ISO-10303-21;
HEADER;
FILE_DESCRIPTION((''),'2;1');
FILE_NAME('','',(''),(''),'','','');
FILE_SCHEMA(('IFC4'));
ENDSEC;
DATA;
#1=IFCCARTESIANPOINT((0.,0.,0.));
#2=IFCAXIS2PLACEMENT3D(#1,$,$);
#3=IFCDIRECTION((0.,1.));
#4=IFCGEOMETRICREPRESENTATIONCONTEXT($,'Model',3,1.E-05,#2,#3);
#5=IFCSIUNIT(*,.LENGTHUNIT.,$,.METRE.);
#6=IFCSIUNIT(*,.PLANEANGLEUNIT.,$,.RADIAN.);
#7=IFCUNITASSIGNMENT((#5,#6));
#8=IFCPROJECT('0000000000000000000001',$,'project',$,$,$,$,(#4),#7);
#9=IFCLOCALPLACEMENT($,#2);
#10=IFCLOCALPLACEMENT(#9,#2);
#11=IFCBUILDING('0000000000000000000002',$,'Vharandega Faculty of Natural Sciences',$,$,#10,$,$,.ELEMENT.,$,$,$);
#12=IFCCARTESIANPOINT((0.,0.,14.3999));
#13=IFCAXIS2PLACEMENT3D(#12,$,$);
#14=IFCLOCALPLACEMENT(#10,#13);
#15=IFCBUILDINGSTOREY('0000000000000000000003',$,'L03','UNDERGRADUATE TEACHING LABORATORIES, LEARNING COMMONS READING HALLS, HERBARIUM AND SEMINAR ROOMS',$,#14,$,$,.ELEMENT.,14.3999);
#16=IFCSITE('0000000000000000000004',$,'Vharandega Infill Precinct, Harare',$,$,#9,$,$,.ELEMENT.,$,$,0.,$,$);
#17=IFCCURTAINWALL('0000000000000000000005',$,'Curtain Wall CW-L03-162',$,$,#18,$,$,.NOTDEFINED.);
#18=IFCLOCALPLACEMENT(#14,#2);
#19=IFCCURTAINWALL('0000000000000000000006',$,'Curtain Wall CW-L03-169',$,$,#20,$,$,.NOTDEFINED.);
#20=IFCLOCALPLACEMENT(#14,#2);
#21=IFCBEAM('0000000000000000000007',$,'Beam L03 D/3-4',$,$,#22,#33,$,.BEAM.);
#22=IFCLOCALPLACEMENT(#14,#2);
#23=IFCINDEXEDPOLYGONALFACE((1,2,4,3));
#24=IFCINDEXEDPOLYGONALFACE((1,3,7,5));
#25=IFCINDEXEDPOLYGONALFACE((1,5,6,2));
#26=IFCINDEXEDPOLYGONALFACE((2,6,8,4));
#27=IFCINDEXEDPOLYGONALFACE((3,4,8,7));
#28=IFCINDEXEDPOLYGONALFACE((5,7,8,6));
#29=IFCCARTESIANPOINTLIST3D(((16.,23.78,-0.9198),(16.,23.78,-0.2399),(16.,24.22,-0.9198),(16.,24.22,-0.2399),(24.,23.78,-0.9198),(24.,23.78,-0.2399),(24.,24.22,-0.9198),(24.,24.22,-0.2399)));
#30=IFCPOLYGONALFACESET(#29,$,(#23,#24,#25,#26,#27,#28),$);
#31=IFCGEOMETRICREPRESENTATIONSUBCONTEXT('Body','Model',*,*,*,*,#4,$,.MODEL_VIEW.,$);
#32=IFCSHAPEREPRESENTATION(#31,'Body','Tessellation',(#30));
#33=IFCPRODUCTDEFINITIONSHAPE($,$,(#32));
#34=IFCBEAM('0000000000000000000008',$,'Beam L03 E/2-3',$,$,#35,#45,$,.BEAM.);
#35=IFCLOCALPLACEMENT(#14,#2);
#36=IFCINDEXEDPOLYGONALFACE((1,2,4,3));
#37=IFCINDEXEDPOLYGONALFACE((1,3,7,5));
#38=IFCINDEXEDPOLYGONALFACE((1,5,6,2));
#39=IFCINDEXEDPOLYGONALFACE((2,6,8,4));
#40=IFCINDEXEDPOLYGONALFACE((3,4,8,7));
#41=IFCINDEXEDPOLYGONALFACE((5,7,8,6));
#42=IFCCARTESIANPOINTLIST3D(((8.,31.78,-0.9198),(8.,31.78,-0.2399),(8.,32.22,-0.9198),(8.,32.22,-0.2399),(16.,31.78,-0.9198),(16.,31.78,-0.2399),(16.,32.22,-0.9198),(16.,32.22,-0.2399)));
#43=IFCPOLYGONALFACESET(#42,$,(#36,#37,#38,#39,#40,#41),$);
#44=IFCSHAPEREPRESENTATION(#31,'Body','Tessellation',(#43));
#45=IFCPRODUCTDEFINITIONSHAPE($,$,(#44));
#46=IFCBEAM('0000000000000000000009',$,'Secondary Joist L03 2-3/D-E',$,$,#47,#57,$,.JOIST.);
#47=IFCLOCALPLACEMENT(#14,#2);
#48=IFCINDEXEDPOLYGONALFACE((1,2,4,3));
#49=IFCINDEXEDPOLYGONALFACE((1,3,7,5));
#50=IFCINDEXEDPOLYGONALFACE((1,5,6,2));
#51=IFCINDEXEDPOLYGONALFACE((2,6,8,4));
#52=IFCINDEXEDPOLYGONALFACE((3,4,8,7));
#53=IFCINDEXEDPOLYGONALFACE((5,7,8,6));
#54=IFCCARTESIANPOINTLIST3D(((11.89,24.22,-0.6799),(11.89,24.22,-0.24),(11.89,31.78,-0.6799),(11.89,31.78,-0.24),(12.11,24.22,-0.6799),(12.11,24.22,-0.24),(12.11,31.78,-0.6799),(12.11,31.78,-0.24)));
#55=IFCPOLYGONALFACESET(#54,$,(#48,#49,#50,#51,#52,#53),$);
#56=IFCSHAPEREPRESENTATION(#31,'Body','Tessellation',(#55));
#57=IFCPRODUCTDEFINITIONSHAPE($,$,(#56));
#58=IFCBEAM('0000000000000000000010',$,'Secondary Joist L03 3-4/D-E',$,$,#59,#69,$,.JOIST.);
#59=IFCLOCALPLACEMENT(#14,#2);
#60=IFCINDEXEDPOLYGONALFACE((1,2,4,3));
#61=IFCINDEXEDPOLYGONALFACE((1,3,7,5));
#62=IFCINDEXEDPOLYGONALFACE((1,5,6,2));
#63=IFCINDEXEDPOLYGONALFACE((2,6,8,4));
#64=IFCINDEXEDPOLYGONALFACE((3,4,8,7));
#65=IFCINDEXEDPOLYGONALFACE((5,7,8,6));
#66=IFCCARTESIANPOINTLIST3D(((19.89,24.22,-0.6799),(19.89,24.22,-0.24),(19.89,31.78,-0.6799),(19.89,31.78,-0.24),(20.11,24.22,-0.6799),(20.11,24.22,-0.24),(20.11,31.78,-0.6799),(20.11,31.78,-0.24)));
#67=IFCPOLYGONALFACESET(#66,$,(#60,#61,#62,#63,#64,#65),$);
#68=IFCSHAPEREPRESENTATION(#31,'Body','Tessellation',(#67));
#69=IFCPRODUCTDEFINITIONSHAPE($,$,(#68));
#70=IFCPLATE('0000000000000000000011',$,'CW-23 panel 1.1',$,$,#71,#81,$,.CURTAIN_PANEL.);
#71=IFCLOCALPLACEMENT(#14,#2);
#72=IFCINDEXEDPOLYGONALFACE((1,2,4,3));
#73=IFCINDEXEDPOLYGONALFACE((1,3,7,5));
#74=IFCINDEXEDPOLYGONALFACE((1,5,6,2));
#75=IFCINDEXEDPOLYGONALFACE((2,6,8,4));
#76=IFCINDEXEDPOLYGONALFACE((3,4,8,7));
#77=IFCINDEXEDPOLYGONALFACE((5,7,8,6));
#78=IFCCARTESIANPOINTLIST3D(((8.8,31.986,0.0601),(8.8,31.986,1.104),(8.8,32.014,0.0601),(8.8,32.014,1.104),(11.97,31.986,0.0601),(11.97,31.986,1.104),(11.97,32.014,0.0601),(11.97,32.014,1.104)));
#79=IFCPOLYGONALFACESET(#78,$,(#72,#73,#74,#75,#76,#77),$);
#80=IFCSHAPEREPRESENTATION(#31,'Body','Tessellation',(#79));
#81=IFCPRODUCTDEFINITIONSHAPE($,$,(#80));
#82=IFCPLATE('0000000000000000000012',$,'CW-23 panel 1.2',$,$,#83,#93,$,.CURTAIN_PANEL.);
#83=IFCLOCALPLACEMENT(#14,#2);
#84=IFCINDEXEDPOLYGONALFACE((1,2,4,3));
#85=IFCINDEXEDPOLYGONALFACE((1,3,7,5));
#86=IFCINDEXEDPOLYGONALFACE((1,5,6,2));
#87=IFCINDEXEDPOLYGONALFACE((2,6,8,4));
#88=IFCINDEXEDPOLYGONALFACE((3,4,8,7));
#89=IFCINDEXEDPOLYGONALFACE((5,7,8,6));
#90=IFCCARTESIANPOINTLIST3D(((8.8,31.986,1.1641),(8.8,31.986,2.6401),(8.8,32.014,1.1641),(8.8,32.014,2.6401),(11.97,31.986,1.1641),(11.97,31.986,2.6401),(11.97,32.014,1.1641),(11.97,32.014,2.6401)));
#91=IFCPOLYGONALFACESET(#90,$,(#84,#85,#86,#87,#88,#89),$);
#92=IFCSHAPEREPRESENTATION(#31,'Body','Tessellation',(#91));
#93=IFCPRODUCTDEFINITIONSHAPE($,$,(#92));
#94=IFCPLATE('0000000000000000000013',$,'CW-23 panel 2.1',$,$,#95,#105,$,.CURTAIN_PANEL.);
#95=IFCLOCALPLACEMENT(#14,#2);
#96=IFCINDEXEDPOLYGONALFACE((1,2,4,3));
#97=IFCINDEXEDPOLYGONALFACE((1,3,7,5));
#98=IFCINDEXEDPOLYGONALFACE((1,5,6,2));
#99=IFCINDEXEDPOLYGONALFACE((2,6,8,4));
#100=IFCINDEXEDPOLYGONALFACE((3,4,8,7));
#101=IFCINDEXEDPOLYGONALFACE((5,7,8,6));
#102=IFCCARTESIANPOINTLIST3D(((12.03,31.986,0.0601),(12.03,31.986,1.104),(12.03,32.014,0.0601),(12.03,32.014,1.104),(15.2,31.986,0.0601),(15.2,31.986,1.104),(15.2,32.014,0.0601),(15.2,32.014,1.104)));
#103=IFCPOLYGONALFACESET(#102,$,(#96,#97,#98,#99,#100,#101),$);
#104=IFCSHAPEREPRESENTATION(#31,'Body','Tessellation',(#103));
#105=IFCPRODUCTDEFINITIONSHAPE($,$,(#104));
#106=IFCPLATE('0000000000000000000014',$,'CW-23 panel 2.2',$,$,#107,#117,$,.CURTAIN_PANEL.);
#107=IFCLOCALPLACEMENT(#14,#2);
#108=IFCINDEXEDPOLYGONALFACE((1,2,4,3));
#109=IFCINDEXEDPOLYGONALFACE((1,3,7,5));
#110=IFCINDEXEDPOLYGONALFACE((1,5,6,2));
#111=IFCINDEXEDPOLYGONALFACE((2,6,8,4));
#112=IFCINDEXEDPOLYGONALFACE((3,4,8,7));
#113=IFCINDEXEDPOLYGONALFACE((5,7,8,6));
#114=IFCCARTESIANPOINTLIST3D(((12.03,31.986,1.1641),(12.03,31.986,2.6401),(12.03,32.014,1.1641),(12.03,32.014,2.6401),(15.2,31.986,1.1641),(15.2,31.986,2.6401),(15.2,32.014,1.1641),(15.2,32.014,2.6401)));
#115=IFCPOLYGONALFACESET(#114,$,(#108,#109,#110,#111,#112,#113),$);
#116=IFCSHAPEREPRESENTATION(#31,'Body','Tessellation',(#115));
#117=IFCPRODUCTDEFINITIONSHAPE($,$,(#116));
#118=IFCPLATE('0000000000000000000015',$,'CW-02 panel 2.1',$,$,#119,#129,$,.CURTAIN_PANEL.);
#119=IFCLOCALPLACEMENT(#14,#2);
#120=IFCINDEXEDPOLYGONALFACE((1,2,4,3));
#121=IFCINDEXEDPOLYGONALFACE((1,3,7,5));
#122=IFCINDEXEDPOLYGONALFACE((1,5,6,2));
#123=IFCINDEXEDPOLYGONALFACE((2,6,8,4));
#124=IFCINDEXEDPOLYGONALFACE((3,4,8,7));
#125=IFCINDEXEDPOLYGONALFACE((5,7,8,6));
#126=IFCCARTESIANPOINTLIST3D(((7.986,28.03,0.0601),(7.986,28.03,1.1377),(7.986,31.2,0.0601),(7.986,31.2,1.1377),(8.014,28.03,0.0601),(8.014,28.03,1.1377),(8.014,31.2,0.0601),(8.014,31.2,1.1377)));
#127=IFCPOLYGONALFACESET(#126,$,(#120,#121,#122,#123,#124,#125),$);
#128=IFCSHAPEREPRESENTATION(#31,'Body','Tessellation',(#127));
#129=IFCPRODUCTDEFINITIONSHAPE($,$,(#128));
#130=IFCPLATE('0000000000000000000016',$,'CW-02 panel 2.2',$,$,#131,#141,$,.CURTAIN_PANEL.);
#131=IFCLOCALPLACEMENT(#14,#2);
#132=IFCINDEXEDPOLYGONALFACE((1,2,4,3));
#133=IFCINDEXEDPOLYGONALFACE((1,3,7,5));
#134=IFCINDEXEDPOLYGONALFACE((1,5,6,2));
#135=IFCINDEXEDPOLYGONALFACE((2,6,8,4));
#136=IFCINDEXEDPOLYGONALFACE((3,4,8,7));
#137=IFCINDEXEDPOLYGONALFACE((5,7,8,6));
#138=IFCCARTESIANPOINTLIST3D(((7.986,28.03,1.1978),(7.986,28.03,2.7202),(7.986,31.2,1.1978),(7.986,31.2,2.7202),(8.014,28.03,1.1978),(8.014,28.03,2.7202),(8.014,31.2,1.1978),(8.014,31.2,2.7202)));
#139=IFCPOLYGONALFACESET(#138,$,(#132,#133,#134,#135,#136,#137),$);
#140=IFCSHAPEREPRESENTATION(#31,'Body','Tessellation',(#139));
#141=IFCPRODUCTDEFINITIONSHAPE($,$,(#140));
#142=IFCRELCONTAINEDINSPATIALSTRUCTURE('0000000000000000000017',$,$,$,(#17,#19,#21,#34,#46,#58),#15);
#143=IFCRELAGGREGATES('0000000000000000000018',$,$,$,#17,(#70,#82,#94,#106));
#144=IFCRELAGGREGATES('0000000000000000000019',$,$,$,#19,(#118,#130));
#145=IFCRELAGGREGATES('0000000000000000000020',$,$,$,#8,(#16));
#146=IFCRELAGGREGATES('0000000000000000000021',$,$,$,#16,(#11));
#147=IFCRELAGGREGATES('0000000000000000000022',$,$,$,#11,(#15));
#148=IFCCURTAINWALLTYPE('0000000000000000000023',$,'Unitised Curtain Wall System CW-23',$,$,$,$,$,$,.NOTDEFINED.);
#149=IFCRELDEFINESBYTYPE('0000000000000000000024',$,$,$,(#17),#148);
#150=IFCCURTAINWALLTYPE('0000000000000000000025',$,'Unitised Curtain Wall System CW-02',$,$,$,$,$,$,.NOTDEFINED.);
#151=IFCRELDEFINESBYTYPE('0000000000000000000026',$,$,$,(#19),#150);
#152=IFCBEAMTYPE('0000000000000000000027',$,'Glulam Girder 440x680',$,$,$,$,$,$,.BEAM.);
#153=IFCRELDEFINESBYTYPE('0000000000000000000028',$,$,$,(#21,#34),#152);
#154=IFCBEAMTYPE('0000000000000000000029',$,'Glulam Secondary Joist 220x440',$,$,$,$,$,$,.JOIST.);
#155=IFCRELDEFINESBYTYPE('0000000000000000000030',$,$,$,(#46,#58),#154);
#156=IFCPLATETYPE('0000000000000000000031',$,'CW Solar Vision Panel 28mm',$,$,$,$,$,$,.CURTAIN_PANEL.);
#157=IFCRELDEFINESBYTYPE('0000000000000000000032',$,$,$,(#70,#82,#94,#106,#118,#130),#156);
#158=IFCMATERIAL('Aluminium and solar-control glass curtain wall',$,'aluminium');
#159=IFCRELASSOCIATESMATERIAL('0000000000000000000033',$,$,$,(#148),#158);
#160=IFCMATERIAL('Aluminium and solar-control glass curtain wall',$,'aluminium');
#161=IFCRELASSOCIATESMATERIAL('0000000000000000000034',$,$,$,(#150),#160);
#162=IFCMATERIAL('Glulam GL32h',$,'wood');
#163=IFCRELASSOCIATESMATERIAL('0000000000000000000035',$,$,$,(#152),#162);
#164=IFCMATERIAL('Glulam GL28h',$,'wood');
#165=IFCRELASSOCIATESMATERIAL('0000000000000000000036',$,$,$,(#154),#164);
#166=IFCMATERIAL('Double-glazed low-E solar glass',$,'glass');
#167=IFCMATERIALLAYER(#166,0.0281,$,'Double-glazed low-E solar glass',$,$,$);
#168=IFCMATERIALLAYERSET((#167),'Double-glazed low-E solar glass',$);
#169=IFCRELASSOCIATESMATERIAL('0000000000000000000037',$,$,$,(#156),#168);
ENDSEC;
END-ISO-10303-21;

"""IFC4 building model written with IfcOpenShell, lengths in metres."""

from ifc_helpers import new_model, si_unit, direction, frame, origin, origin_2d, place, context, subcontext, project, spatial, rectangle, extrude, material, layer, layer_set, material_profile, profile_set, type_object, element, aggregate, save


model = new_model("IFC4")

# Units and contexts
model_context = context("Model", 3, precision=1e-05, world=origin(), true_north=direction((0.0, 1.0)))
body_context = subcontext(model_context, "Body", "Model", "MODEL_VIEW")
ifc_project = project(units=[si_unit("LENGTHUNIT", "METRE"), si_unit("PLANEANGLEUNIT", "RADIAN")], contexts=[model_context])

# Site, building, storey
site_placement = place(None, origin())
site = spatial("IfcSite", under=ifc_project, at=site_placement, Name="Vharandega Infill Precinct, Harare", CompositionType="ELEMENT", RefElevation=0.0)
building_placement = place(site_placement, origin())
building = spatial("IfcBuilding", under=site, at=building_placement, Name="Vharandega Faculty of Natural Sciences", CompositionType="ELEMENT")
storey_placement = place(building_placement, frame((0.0, 0.0, 14.3999)))
storey = spatial("IfcBuildingStorey", under=building, at=storey_placement, Name="L03", Description="UNDERGRADUATE TEACHING LABORATORIES, LEARNING COMMONS READING HALLS, HERBARIUM AND SEMINAR ROOMS", CompositionType="ELEMENT", Elevation=14.3999)

# Curtain wall
ifc_material_1 = material(Name="Aluminium and solar-control glass curtain wall", Category="aluminium")
curtain_wall_type_1 = type_object("IfcCurtainWallType", Name="Unitised Curtain Wall System CW-23", PredefinedType="NOTDEFINED", material=ifc_material_1)
curtain_wall_1_placement = place(storey_placement, origin())
curtain_wall_1 = element("IfcCurtainWall", 1, at=curtain_wall_1_placement, inside=storey, type_object=curtain_wall_type_1, Name="Curtain Wall CW-L03-162", PredefinedType="NOTDEFINED")

# Curtain wall
ifc_material_2 = material(Name="Aluminium and solar-control glass curtain wall", Category="aluminium")
curtain_wall_type_2 = type_object("IfcCurtainWallType", Name="Unitised Curtain Wall System CW-02", PredefinedType="NOTDEFINED", material=ifc_material_2)
curtain_wall_2_placement = place(storey_placement, origin())
curtain_wall_2 = element("IfcCurtainWall", 2, at=curtain_wall_2_placement, inside=storey, type_object=curtain_wall_type_2, Name="Curtain Wall CW-L03-169", PredefinedType="NOTDEFINED")

# Beams
ifc_material_3 = material(Name="Glulam GL32h", Category="wood")
ifc_material_profile_1 = material_profile(ifc_material_3, rectangle(XDim=0.4399, YDim=0.6799, at=origin_2d()), Name="GL32h 440x680")
ifc_profile_set_1 = profile_set([ifc_material_profile_1], Name="Glulam GL32h")
beam_type_1 = type_object("IfcBeamType", Name="Glulam Girder 440x680", PredefinedType="BEAM", material=ifc_profile_set_1)
for number, where, z_axis, x_axis, name in (
    (3, (16.0, 24.0, -0.5798), (1.0, 0.0, 0.0), (0.0, 1.0, 0.0), "Beam L03 D/3-4"),
    (4, (8.0, 32.0, -0.5798), (1.0, 0.0, 0.0), (0.0, 1.0, 0.0), "Beam L03 E/2-3"),
):
    element("IfcBeam", number, at=place(storey_placement, frame(where, z_axis=z_axis, x_axis=x_axis)), inside=storey, type_object=beam_type_1, Name=name, PredefinedType="BEAM", context=body_context, shape_type="SweptSolid", body=[
        extrude(rectangle(XDim=0.4399, YDim=0.6799, at=origin_2d()), origin(), (0.0, 0.0, 1.0), 8.0),
    ])
ifc_material_4 = material(Name="Glulam GL28h", Category="wood")
ifc_material_profile_2 = material_profile(ifc_material_4, rectangle(XDim=0.22, YDim=0.4399, at=origin_2d()), Name="GL28h 220x440")
ifc_profile_set_2 = profile_set([ifc_material_profile_2], Name="Glulam GL28h")
beam_type_2 = type_object("IfcBeamType", Name="Glulam Secondary Joist 220x440", PredefinedType="JOIST", material=ifc_profile_set_2)
for number, where, z_axis, x_axis, name in (
    (5, (12.0, 24.22, -0.46), (0.0, 1.0, 0.0), (-1.0, 0.0, 0.0), "Secondary Joist L03 2-3/D-E"),
    (6, (20.0, 24.22, -0.46), (0.0, 1.0, 0.0), (-1.0, 0.0, 0.0), "Secondary Joist L03 3-4/D-E"),
):
    element("IfcBeam", number, at=place(storey_placement, frame(where, z_axis=z_axis, x_axis=x_axis)), inside=storey, type_object=beam_type_2, Name=name, PredefinedType="JOIST", context=body_context, shape_type="SweptSolid", body=[
        extrude(rectangle(XDim=0.22, YDim=0.4399, at=origin_2d()), origin(), (0.0, 0.0, 1.0), 7.5601),
    ])

# Plates
ifc_material_5 = material(Name="Double-glazed low-E solar glass", Category="glass")
ifc_layer = layer(ifc_material_5, 0.0281, Name="Double-glazed low-E solar glass")
ifc_layer_set = layer_set([ifc_layer], Name="Double-glazed low-E solar glass")
plate_type = type_object("IfcPlateType", Name="CW Solar Vision Panel 28mm", PredefinedType="CURTAIN_PANEL", material=ifc_layer_set)
plate_1_placement = place(storey_placement, frame((10.385, 32.0, 0.0601), z_axis=(0.0, 0.0, 1.0), x_axis=(1.0, 0.0, 0.0)))
plate_1 = element("IfcPlate", 7, at=plate_1_placement, type_object=plate_type, Name="CW-23 panel 1.1", PredefinedType="CURTAIN_PANEL", context=body_context, shape_type="SweptSolid", body=[
    extrude(rectangle(XDim=3.1699, YDim=0.0281, at=origin_2d()), origin(), (0.0, 0.0, 1.0), 1.0439),
])
plate_2_placement = place(storey_placement, frame((10.385, 32.0, 1.1641), z_axis=(0.0, 0.0, 1.0), x_axis=(1.0, 0.0, 0.0)))
plate_2 = element("IfcPlate", 8, at=plate_2_placement, type_object=plate_type, Name="CW-23 panel 1.2", PredefinedType="CURTAIN_PANEL", context=body_context, shape_type="SweptSolid", body=[
    extrude(rectangle(XDim=3.1699, YDim=0.0281, at=origin_2d()), origin(), (0.0, 0.0, 1.0), 1.4761),
])
plate_3_placement = place(storey_placement, frame((13.615, 32.0, 0.0601), z_axis=(0.0, 0.0, 1.0), x_axis=(1.0, 0.0, 0.0)))
plate_3 = element("IfcPlate", 9, at=plate_3_placement, type_object=plate_type, Name="CW-23 panel 2.1", PredefinedType="CURTAIN_PANEL", context=body_context, shape_type="SweptSolid", body=[
    extrude(rectangle(XDim=3.1699, YDim=0.0281, at=origin_2d()), origin(), (0.0, 0.0, 1.0), 1.0439),
])
plate_4_placement = place(storey_placement, frame((13.615, 32.0, 1.1641), z_axis=(0.0, 0.0, 1.0), x_axis=(1.0, 0.0, 0.0)))
plate_4 = element("IfcPlate", 10, at=plate_4_placement, type_object=plate_type, Name="CW-23 panel 2.2", PredefinedType="CURTAIN_PANEL", context=body_context, shape_type="SweptSolid", body=[
    extrude(rectangle(XDim=3.1699, YDim=0.0281, at=origin_2d()), origin(), (0.0, 0.0, 1.0), 1.4761),
])
aggregate(curtain_wall_1, [plate_1, plate_2, plate_3, plate_4])
plate_5_placement = place(storey_placement, frame((8.0, 29.615, 0.0601), z_axis=(0.0, 0.0, 1.0), x_axis=(0.0, 1.0, 0.0)))
plate_5 = element("IfcPlate", 11, at=plate_5_placement, type_object=plate_type, Name="CW-02 panel 2.1", PredefinedType="CURTAIN_PANEL", context=body_context, shape_type="SweptSolid", body=[
    extrude(rectangle(XDim=3.1699, YDim=0.0281, at=origin_2d()), origin(), (0.0, 0.0, 1.0), 1.0776),
])
plate_6_placement = place(storey_placement, frame((8.0, 29.615, 1.1978), z_axis=(0.0, 0.0, 1.0), x_axis=(0.0, 1.0, 0.0)))
plate_6 = element("IfcPlate", 12, at=plate_6_placement, type_object=plate_type, Name="CW-02 panel 2.2", PredefinedType="CURTAIN_PANEL", context=body_context, shape_type="SweptSolid", body=[
    extrude(rectangle(XDim=3.1699, YDim=0.0281, at=origin_2d()), origin(), (0.0, 0.0, 1.0), 1.5225),
])
aggregate(curtain_wall_2, [plate_5, plate_6])

save(model, "model.ifc")
